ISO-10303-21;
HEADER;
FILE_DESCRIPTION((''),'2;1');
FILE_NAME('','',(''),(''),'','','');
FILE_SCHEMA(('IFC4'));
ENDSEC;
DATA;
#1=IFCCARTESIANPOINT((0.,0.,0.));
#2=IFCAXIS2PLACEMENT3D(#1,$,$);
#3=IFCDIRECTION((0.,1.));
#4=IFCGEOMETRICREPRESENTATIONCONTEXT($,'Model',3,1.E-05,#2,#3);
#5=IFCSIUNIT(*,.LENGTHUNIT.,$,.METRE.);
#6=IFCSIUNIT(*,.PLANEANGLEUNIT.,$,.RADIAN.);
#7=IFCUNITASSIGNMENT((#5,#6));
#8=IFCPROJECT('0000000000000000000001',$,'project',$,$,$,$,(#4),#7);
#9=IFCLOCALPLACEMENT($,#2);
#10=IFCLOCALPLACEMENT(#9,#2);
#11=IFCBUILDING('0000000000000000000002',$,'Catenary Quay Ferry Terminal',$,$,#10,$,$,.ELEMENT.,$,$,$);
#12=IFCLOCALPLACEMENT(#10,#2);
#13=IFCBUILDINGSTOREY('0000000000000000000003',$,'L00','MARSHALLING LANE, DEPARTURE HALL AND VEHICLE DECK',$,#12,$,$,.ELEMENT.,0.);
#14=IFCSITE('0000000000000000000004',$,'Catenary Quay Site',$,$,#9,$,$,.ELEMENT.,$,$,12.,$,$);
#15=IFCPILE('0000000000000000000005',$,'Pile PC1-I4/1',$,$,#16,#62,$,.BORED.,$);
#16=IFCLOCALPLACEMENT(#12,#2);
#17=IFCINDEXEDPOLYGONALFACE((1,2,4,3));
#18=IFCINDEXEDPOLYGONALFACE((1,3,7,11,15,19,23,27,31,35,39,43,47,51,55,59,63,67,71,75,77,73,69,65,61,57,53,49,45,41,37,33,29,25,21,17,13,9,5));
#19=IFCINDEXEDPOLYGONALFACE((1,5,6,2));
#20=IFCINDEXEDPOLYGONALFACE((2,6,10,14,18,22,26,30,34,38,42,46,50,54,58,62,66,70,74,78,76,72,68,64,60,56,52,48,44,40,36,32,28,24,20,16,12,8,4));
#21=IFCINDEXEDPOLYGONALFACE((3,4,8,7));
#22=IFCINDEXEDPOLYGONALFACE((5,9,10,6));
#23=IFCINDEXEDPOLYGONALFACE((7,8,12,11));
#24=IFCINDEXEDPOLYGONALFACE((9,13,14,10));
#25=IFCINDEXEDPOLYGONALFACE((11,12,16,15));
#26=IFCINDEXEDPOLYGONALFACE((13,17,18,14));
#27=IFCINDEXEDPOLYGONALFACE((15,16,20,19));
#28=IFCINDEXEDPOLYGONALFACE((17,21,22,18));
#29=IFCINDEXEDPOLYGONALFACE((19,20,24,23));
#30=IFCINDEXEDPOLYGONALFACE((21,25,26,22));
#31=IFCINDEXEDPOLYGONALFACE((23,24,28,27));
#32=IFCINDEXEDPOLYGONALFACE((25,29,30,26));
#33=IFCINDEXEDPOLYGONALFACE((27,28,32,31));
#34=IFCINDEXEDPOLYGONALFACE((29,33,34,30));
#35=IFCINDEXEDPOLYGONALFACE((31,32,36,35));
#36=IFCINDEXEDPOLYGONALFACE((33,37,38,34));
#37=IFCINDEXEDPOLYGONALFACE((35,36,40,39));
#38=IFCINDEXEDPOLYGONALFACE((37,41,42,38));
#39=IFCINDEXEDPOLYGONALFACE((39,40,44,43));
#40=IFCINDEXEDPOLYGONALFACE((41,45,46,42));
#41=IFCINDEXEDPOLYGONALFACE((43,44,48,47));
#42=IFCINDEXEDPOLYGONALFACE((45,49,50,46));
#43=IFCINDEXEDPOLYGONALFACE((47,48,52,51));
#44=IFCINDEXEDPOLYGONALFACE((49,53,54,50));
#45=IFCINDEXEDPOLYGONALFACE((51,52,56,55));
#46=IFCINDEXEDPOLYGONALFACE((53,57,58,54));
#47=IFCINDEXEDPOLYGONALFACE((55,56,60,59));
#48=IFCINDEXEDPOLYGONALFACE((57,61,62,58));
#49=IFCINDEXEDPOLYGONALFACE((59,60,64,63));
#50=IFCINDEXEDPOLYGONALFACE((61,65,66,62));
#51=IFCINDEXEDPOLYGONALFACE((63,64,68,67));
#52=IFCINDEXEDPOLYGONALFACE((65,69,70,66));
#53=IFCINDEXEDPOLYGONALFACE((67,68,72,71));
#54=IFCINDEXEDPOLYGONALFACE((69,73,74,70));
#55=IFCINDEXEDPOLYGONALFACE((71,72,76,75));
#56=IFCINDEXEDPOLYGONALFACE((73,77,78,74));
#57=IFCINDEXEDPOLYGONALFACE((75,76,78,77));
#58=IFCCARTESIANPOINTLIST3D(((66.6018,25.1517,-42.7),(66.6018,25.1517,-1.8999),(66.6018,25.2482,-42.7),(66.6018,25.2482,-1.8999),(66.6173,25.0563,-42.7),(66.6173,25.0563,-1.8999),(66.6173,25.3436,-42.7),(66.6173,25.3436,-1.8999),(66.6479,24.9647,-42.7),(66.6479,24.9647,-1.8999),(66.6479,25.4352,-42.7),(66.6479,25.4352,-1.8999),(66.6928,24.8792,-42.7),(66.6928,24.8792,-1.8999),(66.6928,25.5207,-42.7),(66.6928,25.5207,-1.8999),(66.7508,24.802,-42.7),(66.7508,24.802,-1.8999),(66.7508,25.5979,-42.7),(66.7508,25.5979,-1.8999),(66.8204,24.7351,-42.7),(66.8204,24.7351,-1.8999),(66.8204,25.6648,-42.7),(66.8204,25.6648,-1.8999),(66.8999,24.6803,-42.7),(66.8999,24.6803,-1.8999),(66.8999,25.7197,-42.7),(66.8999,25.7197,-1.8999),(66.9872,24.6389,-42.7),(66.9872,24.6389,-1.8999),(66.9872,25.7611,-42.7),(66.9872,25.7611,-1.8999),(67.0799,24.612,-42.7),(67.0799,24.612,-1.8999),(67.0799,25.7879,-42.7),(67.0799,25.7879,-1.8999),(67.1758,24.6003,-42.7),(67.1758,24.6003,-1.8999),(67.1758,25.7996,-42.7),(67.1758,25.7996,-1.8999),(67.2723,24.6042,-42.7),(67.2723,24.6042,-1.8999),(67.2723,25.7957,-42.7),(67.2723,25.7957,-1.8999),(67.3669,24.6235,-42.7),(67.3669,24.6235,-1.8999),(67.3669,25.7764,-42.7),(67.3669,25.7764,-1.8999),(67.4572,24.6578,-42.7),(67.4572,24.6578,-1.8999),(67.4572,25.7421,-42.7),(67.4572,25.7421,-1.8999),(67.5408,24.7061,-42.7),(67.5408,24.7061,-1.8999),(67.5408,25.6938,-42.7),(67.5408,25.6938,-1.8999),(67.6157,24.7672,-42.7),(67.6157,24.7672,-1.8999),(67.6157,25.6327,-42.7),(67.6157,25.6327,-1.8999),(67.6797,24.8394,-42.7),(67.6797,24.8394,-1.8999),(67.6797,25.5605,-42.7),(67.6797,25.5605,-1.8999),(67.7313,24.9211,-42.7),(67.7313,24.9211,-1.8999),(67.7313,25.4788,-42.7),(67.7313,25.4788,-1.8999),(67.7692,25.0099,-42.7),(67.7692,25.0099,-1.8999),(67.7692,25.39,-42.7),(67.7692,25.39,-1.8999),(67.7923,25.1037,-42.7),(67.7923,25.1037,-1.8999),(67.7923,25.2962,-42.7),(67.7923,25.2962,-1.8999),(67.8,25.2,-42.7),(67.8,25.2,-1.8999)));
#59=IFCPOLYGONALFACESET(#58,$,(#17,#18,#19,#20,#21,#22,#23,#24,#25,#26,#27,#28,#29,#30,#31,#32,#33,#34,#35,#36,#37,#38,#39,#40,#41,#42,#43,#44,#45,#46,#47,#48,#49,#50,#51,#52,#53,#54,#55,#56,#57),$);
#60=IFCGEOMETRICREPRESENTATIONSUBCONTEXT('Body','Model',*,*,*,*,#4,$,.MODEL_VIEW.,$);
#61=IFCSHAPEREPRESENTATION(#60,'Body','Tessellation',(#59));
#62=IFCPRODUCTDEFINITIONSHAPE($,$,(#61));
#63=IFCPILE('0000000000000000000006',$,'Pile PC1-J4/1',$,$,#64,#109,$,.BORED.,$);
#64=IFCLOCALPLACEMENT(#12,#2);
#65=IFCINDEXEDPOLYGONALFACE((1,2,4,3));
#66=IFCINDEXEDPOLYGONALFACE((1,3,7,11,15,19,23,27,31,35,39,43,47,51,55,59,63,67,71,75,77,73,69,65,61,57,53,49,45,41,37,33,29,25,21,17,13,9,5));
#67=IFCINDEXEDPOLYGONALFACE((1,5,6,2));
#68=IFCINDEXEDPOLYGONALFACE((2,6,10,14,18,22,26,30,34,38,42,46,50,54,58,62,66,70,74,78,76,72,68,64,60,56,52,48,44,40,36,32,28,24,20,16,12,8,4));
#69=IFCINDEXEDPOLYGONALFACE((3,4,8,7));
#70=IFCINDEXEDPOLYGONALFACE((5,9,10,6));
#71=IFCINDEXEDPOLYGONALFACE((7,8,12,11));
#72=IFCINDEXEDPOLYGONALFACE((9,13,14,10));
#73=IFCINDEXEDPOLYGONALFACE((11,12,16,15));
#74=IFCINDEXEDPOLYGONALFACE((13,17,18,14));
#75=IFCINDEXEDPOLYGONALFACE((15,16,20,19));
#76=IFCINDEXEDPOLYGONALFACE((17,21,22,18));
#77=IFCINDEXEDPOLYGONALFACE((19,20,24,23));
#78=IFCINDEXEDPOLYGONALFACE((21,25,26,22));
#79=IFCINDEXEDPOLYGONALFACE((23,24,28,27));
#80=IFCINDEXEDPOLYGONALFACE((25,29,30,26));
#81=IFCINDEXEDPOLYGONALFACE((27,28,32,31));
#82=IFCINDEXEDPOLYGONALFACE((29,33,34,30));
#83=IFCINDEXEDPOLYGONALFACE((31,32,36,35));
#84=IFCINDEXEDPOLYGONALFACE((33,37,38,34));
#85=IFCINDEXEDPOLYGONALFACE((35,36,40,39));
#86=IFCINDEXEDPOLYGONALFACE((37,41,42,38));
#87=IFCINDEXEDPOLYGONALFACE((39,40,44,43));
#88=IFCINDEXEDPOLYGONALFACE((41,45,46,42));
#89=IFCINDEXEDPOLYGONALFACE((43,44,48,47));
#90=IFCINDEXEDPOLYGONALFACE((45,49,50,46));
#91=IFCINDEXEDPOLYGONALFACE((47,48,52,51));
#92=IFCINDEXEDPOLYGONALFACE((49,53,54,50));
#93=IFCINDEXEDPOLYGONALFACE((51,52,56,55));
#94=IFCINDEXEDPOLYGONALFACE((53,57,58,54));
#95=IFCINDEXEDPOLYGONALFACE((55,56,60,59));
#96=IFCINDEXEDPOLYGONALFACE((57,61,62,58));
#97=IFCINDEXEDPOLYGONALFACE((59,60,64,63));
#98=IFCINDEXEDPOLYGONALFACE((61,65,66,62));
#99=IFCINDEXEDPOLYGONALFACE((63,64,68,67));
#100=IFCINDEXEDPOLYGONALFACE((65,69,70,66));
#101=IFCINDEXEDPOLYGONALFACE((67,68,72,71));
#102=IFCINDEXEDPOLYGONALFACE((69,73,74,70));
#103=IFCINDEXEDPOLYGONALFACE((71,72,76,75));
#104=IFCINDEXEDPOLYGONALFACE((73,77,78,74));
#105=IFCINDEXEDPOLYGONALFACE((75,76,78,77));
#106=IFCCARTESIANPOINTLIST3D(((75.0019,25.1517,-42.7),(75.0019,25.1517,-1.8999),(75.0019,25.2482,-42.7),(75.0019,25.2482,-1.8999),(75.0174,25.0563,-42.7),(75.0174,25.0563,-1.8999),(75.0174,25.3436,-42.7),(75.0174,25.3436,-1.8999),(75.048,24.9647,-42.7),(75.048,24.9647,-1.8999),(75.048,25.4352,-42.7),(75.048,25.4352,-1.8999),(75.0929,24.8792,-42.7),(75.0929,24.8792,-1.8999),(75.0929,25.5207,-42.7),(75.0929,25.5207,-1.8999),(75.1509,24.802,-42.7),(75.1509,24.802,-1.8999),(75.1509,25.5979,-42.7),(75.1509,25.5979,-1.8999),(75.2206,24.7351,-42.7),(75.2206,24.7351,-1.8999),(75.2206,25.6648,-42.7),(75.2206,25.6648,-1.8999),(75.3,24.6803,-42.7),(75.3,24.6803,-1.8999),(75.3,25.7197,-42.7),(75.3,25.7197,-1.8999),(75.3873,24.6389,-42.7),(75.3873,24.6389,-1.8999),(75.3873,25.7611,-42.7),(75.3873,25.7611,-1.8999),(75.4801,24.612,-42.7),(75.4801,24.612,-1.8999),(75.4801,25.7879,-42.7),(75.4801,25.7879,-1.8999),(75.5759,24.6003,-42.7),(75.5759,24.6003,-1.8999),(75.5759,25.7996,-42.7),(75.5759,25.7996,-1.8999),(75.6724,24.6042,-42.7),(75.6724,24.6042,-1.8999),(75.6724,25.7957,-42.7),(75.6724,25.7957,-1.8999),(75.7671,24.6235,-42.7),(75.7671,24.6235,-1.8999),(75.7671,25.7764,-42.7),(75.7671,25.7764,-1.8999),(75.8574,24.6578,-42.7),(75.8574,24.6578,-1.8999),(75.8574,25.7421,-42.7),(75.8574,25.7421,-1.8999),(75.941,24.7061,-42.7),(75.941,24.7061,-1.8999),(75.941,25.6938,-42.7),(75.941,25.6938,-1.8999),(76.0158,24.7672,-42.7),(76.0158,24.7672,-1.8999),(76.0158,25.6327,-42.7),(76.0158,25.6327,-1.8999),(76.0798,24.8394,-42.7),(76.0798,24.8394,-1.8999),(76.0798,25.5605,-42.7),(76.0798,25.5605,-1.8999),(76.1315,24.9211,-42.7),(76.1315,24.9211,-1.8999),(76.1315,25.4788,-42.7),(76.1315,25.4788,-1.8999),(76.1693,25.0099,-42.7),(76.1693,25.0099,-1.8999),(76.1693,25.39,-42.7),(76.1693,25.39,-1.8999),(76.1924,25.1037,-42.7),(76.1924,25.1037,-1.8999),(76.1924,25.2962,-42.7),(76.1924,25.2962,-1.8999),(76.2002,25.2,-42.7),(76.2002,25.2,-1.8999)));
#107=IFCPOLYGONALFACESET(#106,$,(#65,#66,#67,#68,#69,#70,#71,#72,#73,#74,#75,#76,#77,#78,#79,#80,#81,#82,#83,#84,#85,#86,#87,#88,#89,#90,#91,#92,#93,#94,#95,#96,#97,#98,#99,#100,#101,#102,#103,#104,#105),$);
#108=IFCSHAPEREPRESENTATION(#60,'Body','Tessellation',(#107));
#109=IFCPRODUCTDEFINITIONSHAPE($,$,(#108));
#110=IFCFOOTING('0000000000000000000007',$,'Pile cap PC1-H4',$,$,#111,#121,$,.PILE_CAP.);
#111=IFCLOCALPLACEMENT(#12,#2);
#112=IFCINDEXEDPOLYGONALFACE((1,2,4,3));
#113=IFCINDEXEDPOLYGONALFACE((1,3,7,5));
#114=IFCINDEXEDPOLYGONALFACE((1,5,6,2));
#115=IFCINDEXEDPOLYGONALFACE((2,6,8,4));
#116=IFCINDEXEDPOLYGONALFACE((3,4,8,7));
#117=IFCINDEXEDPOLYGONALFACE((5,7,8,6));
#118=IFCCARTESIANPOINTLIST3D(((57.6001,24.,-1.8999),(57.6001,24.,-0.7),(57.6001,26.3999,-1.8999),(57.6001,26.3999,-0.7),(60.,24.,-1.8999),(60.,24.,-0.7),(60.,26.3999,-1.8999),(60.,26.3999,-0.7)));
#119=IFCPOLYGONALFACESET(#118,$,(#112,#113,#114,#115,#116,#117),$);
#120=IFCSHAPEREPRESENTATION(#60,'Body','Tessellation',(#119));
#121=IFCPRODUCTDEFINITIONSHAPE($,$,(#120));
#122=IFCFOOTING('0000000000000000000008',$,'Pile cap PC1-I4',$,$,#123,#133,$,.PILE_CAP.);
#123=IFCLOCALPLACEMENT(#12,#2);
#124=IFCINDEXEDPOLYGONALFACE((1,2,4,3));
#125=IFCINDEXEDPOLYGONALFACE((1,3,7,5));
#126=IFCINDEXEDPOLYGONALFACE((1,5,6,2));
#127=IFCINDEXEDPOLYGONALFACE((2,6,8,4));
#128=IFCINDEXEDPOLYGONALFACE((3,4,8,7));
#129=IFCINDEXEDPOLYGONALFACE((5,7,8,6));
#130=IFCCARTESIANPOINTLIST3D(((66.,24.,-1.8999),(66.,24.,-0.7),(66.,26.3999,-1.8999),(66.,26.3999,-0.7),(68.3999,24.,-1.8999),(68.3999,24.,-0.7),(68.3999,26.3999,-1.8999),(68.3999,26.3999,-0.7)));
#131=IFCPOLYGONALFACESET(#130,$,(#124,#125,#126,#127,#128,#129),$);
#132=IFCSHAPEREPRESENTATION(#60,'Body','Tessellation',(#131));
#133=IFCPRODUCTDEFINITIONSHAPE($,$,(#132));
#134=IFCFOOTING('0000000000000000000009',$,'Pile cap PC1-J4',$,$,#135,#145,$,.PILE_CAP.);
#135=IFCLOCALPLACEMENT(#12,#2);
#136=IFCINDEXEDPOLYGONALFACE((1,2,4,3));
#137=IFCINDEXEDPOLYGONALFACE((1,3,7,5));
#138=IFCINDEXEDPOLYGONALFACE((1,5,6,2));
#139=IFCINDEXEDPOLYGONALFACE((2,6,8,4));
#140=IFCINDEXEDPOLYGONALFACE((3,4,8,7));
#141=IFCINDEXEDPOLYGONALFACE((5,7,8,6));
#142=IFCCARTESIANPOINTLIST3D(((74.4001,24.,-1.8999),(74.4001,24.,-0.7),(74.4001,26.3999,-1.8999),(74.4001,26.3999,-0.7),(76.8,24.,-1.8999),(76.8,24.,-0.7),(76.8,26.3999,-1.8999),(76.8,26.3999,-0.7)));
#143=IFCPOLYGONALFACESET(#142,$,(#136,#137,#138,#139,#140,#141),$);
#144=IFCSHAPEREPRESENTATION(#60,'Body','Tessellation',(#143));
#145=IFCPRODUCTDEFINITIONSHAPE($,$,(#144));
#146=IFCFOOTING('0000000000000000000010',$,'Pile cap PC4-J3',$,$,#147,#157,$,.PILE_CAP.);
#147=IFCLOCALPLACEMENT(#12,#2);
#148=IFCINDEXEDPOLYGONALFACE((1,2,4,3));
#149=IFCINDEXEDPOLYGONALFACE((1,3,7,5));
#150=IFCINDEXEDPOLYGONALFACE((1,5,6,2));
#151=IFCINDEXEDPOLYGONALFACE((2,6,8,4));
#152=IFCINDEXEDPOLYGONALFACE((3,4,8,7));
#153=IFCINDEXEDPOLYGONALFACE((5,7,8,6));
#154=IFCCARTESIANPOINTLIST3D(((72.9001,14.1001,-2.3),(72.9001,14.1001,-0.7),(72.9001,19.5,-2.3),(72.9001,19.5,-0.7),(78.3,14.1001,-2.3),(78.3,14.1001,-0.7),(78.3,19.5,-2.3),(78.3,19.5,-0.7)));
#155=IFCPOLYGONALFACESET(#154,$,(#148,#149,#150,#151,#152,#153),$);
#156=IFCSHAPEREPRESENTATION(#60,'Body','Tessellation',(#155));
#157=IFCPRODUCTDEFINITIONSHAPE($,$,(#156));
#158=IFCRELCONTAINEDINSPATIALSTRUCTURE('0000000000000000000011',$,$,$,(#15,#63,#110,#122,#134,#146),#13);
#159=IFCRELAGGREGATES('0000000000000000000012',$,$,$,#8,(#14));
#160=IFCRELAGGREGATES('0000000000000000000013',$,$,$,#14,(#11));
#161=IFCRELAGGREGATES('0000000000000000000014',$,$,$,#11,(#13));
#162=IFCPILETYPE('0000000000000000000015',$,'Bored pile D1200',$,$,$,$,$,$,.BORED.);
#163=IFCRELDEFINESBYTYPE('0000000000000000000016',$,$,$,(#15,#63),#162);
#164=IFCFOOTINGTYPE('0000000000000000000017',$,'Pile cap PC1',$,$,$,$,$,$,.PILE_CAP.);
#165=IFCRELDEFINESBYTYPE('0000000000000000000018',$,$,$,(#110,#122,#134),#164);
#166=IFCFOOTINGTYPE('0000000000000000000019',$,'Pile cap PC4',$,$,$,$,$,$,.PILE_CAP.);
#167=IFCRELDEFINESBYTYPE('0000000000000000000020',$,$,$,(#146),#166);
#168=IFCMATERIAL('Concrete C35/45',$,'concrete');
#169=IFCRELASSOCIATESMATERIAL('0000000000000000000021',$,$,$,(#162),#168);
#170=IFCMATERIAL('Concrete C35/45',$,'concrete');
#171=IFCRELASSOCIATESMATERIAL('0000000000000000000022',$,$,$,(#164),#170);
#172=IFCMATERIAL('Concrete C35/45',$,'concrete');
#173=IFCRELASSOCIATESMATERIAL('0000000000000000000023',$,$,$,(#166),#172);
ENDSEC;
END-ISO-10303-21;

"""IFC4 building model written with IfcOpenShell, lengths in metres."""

from ifc_helpers import new_model, si_unit, direction, frame, origin, origin_2d, place, context, subcontext, project, spatial, rectangle, circle, extrude, material, material_profile, profile_set, type_object, element, save


model = new_model("IFC4")

# Units and contexts
model_context = context("Model", 3, precision=1e-05, world=origin(), true_north=direction((0.0, 1.0)))
body_context = subcontext(model_context, "Body", "Model", "MODEL_VIEW")
ifc_project = project(units=[si_unit("LENGTHUNIT", "METRE"), si_unit("PLANEANGLEUNIT", "RADIAN")], contexts=[model_context])

# Site, building, storey
site_placement = place(None, origin())
site = spatial("IfcSite", under=ifc_project, at=site_placement, Name="Catenary Quay Site", CompositionType="ELEMENT", RefElevation=12.0)
building_placement = place(site_placement, origin())
building = spatial("IfcBuilding", under=site, at=building_placement, Name="Catenary Quay Ferry Terminal", CompositionType="ELEMENT")
storey_placement = place(building_placement, origin())
storey = spatial("IfcBuildingStorey", under=building, at=storey_placement, Name="L00", Description="MARSHALLING LANE, DEPARTURE HALL AND VEHICLE DECK", CompositionType="ELEMENT", Elevation=0.0)

# Piles
ifc_material_1 = material(Name="Concrete C35/45", Category="concrete")
ifc_material_profile_1 = material_profile(ifc_material_1, circle(Radius=0.6001, at=origin_2d()), Name="D1200")
ifc_profile_set_1 = profile_set([ifc_material_profile_1], Name="Concrete C35/45")
pile_type = type_object("IfcPileType", Name="Bored pile D1200", PredefinedType="BORED", material=ifc_profile_set_1)
for number, where, z_axis, x_axis, name in (
    (1, (67.2, 25.2, -1.8999), (0.0, 0.0, -1.0), (1.0, 0.0, 0.0), "Pile PC1-I4/1"),
    (2, (75.6001, 25.2, -1.8999), (0.0, 0.0, -1.0), (1.0, 0.0, 0.0), "Pile PC1-J4/1"),
):
    element("IfcPile", number, at=place(storey_placement, frame(where, z_axis=z_axis, x_axis=x_axis)), inside=storey, type_object=pile_type, Name=name, PredefinedType="BORED", context=body_context, shape_type="SweptSolid", body=[
        extrude(circle(Radius=0.6001, at=origin_2d()), origin(), (0.0, 0.0, 1.0), 40.8),
    ])

# Footings
ifc_material_2 = material(Name="Concrete C35/45", Category="concrete")
footing_type_1 = type_object("IfcFootingType", Name="Pile cap PC1", PredefinedType="PILE_CAP", material=ifc_material_2)
for number, where, z_axis, x_axis, name in (
    (3, (58.8, 25.2, -1.8999), (0.0, 0.0, 1.0), (1.0, 0.0, 0.0), "Pile cap PC1-H4"),
    (4, (67.2, 25.2, -1.8999), (0.0, 0.0, 1.0), (1.0, 0.0, 0.0), "Pile cap PC1-I4"),
    (5, (75.6001, 25.2, -1.8999), (0.0, 0.0, 1.0), (1.0, 0.0, 0.0), "Pile cap PC1-J4"),
):
    element("IfcFooting", number, at=place(storey_placement, frame(where, z_axis=z_axis, x_axis=x_axis)), inside=storey, type_object=footing_type_1, Name=name, PredefinedType="PILE_CAP", context=body_context, shape_type="SweptSolid", body=[
        extrude(rectangle(XDim=2.3999, YDim=2.3999, at=origin_2d()), origin(), (0.0, 0.0, 1.0), 1.2),
    ])
ifc_material_3 = material(Name="Concrete C35/45", Category="concrete")
footing_type_2 = type_object("IfcFootingType", Name="Pile cap PC4", PredefinedType="PILE_CAP", material=ifc_material_3)
footing_placement = place(storey_placement, frame((75.6001, 16.8, -2.3), z_axis=(0.0, 0.0, 1.0), x_axis=(1.0, 0.0, 0.0)))
element("IfcFooting", 6, at=footing_placement, inside=storey, type_object=footing_type_2, Name="Pile cap PC4-J3", PredefinedType="PILE_CAP", context=body_context, shape_type="SweptSolid", body=[
    extrude(rectangle(XDim=5.3999, YDim=5.3999, at=origin_2d()), origin(), (0.0, 0.0, 1.0), 1.6001),
])

save(model, "model.ifc")
